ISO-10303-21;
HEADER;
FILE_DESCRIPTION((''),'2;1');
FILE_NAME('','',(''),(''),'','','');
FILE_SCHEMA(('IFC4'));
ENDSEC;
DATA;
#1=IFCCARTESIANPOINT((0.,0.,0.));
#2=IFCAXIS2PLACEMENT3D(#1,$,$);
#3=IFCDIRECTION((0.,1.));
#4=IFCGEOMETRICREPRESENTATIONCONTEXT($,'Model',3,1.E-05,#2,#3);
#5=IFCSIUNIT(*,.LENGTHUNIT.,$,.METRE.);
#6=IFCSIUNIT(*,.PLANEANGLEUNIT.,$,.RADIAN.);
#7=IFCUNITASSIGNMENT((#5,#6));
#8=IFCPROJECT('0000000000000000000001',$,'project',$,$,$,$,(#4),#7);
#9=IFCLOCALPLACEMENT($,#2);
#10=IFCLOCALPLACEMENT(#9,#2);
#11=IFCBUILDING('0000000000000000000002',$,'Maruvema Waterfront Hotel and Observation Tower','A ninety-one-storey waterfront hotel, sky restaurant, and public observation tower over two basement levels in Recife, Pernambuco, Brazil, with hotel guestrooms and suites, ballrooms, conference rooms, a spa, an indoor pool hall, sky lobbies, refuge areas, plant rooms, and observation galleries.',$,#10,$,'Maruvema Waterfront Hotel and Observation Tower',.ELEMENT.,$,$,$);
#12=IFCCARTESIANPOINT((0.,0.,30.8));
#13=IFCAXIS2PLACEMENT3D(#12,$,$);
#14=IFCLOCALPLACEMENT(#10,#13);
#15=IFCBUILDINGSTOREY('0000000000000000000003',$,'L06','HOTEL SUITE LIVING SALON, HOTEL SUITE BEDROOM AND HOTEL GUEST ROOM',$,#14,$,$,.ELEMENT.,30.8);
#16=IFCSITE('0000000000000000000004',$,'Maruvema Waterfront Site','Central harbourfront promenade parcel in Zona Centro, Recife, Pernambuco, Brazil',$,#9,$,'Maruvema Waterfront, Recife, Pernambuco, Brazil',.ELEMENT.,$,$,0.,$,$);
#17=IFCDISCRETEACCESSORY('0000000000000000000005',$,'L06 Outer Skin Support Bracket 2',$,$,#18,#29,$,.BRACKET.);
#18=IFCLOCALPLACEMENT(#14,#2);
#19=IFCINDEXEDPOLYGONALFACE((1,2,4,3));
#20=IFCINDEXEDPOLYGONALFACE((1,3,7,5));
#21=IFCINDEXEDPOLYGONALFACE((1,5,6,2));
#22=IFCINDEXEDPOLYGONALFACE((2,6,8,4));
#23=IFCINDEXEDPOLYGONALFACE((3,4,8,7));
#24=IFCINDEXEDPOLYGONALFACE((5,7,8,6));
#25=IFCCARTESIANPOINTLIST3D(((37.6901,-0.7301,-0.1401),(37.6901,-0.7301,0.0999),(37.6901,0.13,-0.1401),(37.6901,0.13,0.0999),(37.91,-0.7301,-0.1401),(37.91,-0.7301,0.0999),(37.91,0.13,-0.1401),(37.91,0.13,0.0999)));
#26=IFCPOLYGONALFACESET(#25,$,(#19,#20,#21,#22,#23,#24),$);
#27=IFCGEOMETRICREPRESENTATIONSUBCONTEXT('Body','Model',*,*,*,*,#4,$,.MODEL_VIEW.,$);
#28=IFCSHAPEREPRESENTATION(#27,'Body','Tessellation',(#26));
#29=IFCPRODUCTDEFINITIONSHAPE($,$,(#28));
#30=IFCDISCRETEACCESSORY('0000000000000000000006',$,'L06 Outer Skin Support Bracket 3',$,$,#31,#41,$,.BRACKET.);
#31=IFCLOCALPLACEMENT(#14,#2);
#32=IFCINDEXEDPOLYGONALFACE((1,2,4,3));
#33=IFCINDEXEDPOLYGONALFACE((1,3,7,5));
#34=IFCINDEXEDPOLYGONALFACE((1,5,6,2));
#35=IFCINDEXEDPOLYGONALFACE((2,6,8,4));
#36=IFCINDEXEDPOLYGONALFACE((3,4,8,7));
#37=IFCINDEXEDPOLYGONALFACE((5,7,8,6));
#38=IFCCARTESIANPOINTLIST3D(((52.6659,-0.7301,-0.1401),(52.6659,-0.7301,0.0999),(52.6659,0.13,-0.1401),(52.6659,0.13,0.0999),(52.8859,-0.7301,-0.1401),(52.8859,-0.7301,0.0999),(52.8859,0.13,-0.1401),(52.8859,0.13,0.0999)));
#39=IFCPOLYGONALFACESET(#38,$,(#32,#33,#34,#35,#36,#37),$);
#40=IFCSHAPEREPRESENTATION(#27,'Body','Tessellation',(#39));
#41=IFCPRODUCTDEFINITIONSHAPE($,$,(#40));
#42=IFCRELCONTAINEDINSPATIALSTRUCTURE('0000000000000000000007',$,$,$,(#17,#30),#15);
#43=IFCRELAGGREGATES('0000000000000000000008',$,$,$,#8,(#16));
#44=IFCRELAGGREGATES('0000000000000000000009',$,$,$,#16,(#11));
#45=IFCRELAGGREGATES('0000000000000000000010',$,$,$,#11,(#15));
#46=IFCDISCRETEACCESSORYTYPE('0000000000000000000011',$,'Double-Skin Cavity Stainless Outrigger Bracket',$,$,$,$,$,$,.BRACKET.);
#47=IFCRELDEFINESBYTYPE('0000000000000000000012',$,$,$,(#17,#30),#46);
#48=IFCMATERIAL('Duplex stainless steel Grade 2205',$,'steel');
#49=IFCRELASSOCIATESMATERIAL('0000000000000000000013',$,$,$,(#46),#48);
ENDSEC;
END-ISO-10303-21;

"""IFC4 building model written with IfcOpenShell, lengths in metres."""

from ifc_helpers import new_model, si_unit, direction, frame, origin, origin_2d, place, context, subcontext, project, spatial, rectangle, extrude, material, type_object, element, save


model = new_model("IFC4")

# Units and contexts
model_context = context("Model", 3, precision=1e-05, world=origin(), true_north=direction((0.0, 1.0)))
body_context = subcontext(model_context, "Body", "Model", "MODEL_VIEW")
ifc_project = project(units=[si_unit("LENGTHUNIT", "METRE"), si_unit("PLANEANGLEUNIT", "RADIAN")], contexts=[model_context])

# Site, building, storey
site_placement = place(None, origin())
site = spatial("IfcSite", under=ifc_project, at=site_placement, Name="Maruvema Waterfront Site", Description="Central harbourfront promenade parcel in Zona Centro, Recife, Pernambuco, Brazil", LongName="Maruvema Waterfront, Recife, Pernambuco, Brazil", CompositionType="ELEMENT", RefElevation=0.0)
building_placement = place(site_placement, origin())
building = spatial("IfcBuilding", under=site, at=building_placement, Name="Maruvema Waterfront Hotel and Observation Tower", Description="A ninety-one-storey waterfront hotel, sky restaurant, and public observation tower over two basement levels in Recife, Pernambuco, Brazil, with hotel guestrooms and suites, ballrooms, conference rooms, a spa, an indoor pool hall, sky lobbies, refuge areas, plant rooms, and observation galleries.", LongName="Maruvema Waterfront Hotel and Observation Tower", CompositionType="ELEMENT")
storey_placement = place(building_placement, frame((0.0, 0.0, 30.8)))
storey = spatial("IfcBuildingStorey", under=building, at=storey_placement, Name="L06", Description="HOTEL SUITE LIVING SALON, HOTEL SUITE BEDROOM AND HOTEL GUEST ROOM", CompositionType="ELEMENT", Elevation=30.8)

# Discrete accessories
ifc_material_1 = material(Name="Duplex stainless steel Grade 2205", Category="steel")
discrete_accessory_type = type_object("IfcDiscreteAccessoryType", Name="Double-Skin Cavity Stainless Outrigger Bracket", PredefinedType="BRACKET", material=ifc_material_1)
for number, where, z_axis, x_axis, name in (
    (1, (37.8, -0.3, -0.1401), (0.0, 0.0, 1.0), (1.0, 0.0, 0.0), "L06 Outer Skin Support Bracket 2"),
    (2, (52.7759, -0.3, -0.1401), (0.0, 0.0, 1.0), (1.0, 0.0, 0.0), "L06 Outer Skin Support Bracket 3"),
):
    element("IfcDiscreteAccessory", number, at=place(storey_placement, frame(where, z_axis=z_axis, x_axis=x_axis)), inside=storey, type_object=discrete_accessory_type, Name=name, PredefinedType="BRACKET", context=body_context, shape_type="SweptSolid", body=[
        extrude(rectangle(XDim=0.22, YDim=0.8601, at=origin_2d()), origin(), (0.0, 0.0, 1.0), 0.24),
    ])

save(model, "model.ifc")
